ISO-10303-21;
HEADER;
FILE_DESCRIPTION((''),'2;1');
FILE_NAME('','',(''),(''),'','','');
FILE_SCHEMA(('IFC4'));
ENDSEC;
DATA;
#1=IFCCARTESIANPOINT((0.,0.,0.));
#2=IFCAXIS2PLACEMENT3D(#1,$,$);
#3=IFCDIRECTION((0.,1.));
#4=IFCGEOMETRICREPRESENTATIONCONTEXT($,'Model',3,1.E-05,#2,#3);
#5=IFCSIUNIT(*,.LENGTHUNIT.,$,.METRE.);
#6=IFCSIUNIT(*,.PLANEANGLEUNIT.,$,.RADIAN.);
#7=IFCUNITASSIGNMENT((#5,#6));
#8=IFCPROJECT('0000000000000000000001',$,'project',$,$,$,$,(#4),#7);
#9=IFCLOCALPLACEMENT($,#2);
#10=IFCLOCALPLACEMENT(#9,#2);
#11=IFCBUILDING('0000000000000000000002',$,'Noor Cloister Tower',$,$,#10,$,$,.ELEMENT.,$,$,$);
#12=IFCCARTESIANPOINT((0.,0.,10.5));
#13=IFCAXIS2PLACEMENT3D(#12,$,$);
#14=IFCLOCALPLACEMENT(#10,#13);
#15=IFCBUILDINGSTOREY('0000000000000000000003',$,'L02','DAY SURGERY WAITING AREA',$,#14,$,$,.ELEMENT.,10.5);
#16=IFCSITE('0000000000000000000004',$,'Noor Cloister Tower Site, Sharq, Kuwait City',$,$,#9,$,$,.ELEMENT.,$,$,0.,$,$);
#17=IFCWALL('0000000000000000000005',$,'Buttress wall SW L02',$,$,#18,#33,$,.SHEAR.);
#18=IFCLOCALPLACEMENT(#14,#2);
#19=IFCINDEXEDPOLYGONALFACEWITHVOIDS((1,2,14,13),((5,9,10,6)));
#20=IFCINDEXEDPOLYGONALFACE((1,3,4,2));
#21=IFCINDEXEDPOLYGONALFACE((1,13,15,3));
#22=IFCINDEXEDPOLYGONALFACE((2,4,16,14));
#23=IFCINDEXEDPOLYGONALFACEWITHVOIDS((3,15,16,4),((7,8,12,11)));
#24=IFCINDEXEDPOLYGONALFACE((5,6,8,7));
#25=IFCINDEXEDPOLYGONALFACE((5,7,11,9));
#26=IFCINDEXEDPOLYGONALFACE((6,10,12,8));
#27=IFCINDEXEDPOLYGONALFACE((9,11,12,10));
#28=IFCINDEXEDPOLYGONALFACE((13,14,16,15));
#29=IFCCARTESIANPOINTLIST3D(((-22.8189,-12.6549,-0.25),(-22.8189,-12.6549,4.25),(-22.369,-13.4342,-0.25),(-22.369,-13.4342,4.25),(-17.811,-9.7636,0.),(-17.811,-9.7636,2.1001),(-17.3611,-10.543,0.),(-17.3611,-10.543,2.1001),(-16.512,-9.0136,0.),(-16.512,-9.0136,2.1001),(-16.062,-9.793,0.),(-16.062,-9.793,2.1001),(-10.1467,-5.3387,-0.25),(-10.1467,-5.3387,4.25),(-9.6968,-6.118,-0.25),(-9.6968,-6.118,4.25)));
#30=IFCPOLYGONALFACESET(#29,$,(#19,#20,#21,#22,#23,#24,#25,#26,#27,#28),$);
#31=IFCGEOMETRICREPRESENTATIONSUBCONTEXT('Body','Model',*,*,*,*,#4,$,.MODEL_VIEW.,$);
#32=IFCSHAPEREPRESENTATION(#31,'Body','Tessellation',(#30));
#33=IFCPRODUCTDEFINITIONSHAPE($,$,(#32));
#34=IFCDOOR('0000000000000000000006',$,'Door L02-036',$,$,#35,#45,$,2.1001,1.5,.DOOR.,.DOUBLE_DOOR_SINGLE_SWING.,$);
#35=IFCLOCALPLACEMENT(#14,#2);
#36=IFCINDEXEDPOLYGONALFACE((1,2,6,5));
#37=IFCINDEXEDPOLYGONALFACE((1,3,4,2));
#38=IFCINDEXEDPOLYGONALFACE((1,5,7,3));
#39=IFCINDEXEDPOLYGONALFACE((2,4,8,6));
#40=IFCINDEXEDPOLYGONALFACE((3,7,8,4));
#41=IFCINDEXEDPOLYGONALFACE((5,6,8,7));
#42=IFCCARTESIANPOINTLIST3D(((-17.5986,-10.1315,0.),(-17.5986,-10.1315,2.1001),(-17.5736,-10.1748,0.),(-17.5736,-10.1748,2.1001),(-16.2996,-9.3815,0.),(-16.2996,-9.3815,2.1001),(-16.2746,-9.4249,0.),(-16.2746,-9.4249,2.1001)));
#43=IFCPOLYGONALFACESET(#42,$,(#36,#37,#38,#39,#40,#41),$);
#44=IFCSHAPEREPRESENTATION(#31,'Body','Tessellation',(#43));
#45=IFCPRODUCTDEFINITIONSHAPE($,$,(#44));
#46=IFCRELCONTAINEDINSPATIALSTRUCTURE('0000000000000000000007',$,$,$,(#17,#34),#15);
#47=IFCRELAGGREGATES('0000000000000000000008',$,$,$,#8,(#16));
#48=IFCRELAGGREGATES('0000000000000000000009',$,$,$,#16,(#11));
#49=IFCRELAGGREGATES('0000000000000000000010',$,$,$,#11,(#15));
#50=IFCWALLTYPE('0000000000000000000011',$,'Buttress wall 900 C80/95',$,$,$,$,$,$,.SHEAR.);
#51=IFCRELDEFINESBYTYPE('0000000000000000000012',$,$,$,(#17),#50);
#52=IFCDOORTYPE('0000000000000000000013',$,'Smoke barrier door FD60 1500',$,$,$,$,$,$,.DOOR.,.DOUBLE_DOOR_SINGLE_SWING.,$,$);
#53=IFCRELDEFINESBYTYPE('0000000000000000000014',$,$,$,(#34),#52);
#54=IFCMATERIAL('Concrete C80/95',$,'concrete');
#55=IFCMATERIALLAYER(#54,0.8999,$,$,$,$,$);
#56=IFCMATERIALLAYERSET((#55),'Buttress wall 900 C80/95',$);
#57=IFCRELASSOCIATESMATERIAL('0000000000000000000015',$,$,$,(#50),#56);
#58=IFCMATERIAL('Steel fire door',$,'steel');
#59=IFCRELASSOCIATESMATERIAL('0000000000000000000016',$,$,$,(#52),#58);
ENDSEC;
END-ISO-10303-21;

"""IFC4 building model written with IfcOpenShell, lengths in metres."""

from ifc_helpers import new_model, si_unit, direction, frame, frame_2d, origin, place, context, subcontext, project, spatial, rectangle, extrude, material, layer, layer_set, type_object, element, fill, save


model = new_model("IFC4")

# Units and contexts
model_context = context("Model", 3, precision=1e-05, world=origin(), true_north=direction((0.0, 1.0)))
body_context = subcontext(model_context, "Body", "Model", "MODEL_VIEW")
ifc_project = project(units=[si_unit("LENGTHUNIT", "METRE"), si_unit("PLANEANGLEUNIT", "RADIAN")], contexts=[model_context])

# Site, building, storey
site_placement = place(None, origin())
site = spatial("IfcSite", under=ifc_project, at=site_placement, Name="Noor Cloister Tower Site, Sharq, Kuwait City", CompositionType="ELEMENT", RefElevation=0.0)
building_placement = place(site_placement, origin())
building = spatial("IfcBuilding", under=site, at=building_placement, Name="Noor Cloister Tower", CompositionType="ELEMENT")
storey_placement = place(building_placement, frame((0.0, 0.0, 10.5)))
storey = spatial("IfcBuildingStorey", under=building, at=storey_placement, Name="L02", Description="DAY SURGERY WAITING AREA", CompositionType="ELEMENT", Elevation=10.5)

# Wall, opening, door
ifc_material_1 = material(Name="Concrete C80/95", Category="concrete")
ifc_layer_1 = layer(ifc_material_1, 0.8999)
ifc_layer_set_1 = layer_set([ifc_layer_1], Name="Buttress wall 900 C80/95")
wall_type_1 = type_object("IfcWallType", Name="Buttress wall 900 C80/95", PredefinedType="SHEAR", material=ifc_layer_set_1)
wall_1_placement = place(storey_placement, frame((-9.9216, -5.7283, -0.25), z_axis=(0.0, 0.0, 1.0), x_axis=(-0.866028, -0.499995, 0.0)))
wall_1 = element("IfcWall", 1, at=wall_1_placement, inside=storey, type_object=wall_type_1, Name="Buttress wall SW L02", PredefinedType="SHEAR", context=body_context, shape_type="SweptSolid", body=[
    extrude(rectangle(XDim=14.6326, YDim=0.8999, at=frame_2d((7.3164, 0.0))), origin(), (0.0, 0.0, 1.0), 4.5),
])
opening_1_placement = place(wall_1_placement, frame((7.3501, 0.0, 0.25)))
opening_1 = element("IfcOpeningElement", 2, at=opening_1_placement, cuts=wall_1, PredefinedType="OPENING", context=body_context, shape_type="SweptSolid", body=[
    extrude(rectangle(XDim=1.5, YDim=2.1001, at=frame_2d((0.75, 1.05))), frame((0.0, 0.46, 0.0), z_axis=(0.0, -1.0, 0.0), x_axis=(1.0, 0.0, 0.0)), (0.0, 0.0, 1.0), 0.9199),
])
ifc_material_2 = material(Name="Steel fire door", Category="steel")
door_type_1 = type_object("IfcDoorType", Name="Smoke barrier door FD60 1500", OperationType="DOUBLE_DOOR_SINGLE_SWING", PredefinedType="DOOR", material=ifc_material_2)
door_1_placement = place(opening_1_placement, origin())
door_1 = element("IfcDoor", 3, at=door_1_placement, inside=storey, type_object=door_type_1, Name="Door L02-036", OperationType="DOUBLE_DOOR_SINGLE_SWING", OverallHeight=2.1001, OverallWidth=1.5, PredefinedType="DOOR", context=body_context, shape_type="SweptSolid", body=[
    extrude(rectangle(XDim=1.5, YDim=2.1001, at=frame_2d((0.75, 1.05))), frame((0.0, 0.0249, 0.0), z_axis=(0.0, -1.0, 0.0), x_axis=(1.0, 0.0, 0.0)), (0.0, 0.0, 1.0), 0.05),
])
fill(opening_1, door_1)

save(model, "model.ifc")
